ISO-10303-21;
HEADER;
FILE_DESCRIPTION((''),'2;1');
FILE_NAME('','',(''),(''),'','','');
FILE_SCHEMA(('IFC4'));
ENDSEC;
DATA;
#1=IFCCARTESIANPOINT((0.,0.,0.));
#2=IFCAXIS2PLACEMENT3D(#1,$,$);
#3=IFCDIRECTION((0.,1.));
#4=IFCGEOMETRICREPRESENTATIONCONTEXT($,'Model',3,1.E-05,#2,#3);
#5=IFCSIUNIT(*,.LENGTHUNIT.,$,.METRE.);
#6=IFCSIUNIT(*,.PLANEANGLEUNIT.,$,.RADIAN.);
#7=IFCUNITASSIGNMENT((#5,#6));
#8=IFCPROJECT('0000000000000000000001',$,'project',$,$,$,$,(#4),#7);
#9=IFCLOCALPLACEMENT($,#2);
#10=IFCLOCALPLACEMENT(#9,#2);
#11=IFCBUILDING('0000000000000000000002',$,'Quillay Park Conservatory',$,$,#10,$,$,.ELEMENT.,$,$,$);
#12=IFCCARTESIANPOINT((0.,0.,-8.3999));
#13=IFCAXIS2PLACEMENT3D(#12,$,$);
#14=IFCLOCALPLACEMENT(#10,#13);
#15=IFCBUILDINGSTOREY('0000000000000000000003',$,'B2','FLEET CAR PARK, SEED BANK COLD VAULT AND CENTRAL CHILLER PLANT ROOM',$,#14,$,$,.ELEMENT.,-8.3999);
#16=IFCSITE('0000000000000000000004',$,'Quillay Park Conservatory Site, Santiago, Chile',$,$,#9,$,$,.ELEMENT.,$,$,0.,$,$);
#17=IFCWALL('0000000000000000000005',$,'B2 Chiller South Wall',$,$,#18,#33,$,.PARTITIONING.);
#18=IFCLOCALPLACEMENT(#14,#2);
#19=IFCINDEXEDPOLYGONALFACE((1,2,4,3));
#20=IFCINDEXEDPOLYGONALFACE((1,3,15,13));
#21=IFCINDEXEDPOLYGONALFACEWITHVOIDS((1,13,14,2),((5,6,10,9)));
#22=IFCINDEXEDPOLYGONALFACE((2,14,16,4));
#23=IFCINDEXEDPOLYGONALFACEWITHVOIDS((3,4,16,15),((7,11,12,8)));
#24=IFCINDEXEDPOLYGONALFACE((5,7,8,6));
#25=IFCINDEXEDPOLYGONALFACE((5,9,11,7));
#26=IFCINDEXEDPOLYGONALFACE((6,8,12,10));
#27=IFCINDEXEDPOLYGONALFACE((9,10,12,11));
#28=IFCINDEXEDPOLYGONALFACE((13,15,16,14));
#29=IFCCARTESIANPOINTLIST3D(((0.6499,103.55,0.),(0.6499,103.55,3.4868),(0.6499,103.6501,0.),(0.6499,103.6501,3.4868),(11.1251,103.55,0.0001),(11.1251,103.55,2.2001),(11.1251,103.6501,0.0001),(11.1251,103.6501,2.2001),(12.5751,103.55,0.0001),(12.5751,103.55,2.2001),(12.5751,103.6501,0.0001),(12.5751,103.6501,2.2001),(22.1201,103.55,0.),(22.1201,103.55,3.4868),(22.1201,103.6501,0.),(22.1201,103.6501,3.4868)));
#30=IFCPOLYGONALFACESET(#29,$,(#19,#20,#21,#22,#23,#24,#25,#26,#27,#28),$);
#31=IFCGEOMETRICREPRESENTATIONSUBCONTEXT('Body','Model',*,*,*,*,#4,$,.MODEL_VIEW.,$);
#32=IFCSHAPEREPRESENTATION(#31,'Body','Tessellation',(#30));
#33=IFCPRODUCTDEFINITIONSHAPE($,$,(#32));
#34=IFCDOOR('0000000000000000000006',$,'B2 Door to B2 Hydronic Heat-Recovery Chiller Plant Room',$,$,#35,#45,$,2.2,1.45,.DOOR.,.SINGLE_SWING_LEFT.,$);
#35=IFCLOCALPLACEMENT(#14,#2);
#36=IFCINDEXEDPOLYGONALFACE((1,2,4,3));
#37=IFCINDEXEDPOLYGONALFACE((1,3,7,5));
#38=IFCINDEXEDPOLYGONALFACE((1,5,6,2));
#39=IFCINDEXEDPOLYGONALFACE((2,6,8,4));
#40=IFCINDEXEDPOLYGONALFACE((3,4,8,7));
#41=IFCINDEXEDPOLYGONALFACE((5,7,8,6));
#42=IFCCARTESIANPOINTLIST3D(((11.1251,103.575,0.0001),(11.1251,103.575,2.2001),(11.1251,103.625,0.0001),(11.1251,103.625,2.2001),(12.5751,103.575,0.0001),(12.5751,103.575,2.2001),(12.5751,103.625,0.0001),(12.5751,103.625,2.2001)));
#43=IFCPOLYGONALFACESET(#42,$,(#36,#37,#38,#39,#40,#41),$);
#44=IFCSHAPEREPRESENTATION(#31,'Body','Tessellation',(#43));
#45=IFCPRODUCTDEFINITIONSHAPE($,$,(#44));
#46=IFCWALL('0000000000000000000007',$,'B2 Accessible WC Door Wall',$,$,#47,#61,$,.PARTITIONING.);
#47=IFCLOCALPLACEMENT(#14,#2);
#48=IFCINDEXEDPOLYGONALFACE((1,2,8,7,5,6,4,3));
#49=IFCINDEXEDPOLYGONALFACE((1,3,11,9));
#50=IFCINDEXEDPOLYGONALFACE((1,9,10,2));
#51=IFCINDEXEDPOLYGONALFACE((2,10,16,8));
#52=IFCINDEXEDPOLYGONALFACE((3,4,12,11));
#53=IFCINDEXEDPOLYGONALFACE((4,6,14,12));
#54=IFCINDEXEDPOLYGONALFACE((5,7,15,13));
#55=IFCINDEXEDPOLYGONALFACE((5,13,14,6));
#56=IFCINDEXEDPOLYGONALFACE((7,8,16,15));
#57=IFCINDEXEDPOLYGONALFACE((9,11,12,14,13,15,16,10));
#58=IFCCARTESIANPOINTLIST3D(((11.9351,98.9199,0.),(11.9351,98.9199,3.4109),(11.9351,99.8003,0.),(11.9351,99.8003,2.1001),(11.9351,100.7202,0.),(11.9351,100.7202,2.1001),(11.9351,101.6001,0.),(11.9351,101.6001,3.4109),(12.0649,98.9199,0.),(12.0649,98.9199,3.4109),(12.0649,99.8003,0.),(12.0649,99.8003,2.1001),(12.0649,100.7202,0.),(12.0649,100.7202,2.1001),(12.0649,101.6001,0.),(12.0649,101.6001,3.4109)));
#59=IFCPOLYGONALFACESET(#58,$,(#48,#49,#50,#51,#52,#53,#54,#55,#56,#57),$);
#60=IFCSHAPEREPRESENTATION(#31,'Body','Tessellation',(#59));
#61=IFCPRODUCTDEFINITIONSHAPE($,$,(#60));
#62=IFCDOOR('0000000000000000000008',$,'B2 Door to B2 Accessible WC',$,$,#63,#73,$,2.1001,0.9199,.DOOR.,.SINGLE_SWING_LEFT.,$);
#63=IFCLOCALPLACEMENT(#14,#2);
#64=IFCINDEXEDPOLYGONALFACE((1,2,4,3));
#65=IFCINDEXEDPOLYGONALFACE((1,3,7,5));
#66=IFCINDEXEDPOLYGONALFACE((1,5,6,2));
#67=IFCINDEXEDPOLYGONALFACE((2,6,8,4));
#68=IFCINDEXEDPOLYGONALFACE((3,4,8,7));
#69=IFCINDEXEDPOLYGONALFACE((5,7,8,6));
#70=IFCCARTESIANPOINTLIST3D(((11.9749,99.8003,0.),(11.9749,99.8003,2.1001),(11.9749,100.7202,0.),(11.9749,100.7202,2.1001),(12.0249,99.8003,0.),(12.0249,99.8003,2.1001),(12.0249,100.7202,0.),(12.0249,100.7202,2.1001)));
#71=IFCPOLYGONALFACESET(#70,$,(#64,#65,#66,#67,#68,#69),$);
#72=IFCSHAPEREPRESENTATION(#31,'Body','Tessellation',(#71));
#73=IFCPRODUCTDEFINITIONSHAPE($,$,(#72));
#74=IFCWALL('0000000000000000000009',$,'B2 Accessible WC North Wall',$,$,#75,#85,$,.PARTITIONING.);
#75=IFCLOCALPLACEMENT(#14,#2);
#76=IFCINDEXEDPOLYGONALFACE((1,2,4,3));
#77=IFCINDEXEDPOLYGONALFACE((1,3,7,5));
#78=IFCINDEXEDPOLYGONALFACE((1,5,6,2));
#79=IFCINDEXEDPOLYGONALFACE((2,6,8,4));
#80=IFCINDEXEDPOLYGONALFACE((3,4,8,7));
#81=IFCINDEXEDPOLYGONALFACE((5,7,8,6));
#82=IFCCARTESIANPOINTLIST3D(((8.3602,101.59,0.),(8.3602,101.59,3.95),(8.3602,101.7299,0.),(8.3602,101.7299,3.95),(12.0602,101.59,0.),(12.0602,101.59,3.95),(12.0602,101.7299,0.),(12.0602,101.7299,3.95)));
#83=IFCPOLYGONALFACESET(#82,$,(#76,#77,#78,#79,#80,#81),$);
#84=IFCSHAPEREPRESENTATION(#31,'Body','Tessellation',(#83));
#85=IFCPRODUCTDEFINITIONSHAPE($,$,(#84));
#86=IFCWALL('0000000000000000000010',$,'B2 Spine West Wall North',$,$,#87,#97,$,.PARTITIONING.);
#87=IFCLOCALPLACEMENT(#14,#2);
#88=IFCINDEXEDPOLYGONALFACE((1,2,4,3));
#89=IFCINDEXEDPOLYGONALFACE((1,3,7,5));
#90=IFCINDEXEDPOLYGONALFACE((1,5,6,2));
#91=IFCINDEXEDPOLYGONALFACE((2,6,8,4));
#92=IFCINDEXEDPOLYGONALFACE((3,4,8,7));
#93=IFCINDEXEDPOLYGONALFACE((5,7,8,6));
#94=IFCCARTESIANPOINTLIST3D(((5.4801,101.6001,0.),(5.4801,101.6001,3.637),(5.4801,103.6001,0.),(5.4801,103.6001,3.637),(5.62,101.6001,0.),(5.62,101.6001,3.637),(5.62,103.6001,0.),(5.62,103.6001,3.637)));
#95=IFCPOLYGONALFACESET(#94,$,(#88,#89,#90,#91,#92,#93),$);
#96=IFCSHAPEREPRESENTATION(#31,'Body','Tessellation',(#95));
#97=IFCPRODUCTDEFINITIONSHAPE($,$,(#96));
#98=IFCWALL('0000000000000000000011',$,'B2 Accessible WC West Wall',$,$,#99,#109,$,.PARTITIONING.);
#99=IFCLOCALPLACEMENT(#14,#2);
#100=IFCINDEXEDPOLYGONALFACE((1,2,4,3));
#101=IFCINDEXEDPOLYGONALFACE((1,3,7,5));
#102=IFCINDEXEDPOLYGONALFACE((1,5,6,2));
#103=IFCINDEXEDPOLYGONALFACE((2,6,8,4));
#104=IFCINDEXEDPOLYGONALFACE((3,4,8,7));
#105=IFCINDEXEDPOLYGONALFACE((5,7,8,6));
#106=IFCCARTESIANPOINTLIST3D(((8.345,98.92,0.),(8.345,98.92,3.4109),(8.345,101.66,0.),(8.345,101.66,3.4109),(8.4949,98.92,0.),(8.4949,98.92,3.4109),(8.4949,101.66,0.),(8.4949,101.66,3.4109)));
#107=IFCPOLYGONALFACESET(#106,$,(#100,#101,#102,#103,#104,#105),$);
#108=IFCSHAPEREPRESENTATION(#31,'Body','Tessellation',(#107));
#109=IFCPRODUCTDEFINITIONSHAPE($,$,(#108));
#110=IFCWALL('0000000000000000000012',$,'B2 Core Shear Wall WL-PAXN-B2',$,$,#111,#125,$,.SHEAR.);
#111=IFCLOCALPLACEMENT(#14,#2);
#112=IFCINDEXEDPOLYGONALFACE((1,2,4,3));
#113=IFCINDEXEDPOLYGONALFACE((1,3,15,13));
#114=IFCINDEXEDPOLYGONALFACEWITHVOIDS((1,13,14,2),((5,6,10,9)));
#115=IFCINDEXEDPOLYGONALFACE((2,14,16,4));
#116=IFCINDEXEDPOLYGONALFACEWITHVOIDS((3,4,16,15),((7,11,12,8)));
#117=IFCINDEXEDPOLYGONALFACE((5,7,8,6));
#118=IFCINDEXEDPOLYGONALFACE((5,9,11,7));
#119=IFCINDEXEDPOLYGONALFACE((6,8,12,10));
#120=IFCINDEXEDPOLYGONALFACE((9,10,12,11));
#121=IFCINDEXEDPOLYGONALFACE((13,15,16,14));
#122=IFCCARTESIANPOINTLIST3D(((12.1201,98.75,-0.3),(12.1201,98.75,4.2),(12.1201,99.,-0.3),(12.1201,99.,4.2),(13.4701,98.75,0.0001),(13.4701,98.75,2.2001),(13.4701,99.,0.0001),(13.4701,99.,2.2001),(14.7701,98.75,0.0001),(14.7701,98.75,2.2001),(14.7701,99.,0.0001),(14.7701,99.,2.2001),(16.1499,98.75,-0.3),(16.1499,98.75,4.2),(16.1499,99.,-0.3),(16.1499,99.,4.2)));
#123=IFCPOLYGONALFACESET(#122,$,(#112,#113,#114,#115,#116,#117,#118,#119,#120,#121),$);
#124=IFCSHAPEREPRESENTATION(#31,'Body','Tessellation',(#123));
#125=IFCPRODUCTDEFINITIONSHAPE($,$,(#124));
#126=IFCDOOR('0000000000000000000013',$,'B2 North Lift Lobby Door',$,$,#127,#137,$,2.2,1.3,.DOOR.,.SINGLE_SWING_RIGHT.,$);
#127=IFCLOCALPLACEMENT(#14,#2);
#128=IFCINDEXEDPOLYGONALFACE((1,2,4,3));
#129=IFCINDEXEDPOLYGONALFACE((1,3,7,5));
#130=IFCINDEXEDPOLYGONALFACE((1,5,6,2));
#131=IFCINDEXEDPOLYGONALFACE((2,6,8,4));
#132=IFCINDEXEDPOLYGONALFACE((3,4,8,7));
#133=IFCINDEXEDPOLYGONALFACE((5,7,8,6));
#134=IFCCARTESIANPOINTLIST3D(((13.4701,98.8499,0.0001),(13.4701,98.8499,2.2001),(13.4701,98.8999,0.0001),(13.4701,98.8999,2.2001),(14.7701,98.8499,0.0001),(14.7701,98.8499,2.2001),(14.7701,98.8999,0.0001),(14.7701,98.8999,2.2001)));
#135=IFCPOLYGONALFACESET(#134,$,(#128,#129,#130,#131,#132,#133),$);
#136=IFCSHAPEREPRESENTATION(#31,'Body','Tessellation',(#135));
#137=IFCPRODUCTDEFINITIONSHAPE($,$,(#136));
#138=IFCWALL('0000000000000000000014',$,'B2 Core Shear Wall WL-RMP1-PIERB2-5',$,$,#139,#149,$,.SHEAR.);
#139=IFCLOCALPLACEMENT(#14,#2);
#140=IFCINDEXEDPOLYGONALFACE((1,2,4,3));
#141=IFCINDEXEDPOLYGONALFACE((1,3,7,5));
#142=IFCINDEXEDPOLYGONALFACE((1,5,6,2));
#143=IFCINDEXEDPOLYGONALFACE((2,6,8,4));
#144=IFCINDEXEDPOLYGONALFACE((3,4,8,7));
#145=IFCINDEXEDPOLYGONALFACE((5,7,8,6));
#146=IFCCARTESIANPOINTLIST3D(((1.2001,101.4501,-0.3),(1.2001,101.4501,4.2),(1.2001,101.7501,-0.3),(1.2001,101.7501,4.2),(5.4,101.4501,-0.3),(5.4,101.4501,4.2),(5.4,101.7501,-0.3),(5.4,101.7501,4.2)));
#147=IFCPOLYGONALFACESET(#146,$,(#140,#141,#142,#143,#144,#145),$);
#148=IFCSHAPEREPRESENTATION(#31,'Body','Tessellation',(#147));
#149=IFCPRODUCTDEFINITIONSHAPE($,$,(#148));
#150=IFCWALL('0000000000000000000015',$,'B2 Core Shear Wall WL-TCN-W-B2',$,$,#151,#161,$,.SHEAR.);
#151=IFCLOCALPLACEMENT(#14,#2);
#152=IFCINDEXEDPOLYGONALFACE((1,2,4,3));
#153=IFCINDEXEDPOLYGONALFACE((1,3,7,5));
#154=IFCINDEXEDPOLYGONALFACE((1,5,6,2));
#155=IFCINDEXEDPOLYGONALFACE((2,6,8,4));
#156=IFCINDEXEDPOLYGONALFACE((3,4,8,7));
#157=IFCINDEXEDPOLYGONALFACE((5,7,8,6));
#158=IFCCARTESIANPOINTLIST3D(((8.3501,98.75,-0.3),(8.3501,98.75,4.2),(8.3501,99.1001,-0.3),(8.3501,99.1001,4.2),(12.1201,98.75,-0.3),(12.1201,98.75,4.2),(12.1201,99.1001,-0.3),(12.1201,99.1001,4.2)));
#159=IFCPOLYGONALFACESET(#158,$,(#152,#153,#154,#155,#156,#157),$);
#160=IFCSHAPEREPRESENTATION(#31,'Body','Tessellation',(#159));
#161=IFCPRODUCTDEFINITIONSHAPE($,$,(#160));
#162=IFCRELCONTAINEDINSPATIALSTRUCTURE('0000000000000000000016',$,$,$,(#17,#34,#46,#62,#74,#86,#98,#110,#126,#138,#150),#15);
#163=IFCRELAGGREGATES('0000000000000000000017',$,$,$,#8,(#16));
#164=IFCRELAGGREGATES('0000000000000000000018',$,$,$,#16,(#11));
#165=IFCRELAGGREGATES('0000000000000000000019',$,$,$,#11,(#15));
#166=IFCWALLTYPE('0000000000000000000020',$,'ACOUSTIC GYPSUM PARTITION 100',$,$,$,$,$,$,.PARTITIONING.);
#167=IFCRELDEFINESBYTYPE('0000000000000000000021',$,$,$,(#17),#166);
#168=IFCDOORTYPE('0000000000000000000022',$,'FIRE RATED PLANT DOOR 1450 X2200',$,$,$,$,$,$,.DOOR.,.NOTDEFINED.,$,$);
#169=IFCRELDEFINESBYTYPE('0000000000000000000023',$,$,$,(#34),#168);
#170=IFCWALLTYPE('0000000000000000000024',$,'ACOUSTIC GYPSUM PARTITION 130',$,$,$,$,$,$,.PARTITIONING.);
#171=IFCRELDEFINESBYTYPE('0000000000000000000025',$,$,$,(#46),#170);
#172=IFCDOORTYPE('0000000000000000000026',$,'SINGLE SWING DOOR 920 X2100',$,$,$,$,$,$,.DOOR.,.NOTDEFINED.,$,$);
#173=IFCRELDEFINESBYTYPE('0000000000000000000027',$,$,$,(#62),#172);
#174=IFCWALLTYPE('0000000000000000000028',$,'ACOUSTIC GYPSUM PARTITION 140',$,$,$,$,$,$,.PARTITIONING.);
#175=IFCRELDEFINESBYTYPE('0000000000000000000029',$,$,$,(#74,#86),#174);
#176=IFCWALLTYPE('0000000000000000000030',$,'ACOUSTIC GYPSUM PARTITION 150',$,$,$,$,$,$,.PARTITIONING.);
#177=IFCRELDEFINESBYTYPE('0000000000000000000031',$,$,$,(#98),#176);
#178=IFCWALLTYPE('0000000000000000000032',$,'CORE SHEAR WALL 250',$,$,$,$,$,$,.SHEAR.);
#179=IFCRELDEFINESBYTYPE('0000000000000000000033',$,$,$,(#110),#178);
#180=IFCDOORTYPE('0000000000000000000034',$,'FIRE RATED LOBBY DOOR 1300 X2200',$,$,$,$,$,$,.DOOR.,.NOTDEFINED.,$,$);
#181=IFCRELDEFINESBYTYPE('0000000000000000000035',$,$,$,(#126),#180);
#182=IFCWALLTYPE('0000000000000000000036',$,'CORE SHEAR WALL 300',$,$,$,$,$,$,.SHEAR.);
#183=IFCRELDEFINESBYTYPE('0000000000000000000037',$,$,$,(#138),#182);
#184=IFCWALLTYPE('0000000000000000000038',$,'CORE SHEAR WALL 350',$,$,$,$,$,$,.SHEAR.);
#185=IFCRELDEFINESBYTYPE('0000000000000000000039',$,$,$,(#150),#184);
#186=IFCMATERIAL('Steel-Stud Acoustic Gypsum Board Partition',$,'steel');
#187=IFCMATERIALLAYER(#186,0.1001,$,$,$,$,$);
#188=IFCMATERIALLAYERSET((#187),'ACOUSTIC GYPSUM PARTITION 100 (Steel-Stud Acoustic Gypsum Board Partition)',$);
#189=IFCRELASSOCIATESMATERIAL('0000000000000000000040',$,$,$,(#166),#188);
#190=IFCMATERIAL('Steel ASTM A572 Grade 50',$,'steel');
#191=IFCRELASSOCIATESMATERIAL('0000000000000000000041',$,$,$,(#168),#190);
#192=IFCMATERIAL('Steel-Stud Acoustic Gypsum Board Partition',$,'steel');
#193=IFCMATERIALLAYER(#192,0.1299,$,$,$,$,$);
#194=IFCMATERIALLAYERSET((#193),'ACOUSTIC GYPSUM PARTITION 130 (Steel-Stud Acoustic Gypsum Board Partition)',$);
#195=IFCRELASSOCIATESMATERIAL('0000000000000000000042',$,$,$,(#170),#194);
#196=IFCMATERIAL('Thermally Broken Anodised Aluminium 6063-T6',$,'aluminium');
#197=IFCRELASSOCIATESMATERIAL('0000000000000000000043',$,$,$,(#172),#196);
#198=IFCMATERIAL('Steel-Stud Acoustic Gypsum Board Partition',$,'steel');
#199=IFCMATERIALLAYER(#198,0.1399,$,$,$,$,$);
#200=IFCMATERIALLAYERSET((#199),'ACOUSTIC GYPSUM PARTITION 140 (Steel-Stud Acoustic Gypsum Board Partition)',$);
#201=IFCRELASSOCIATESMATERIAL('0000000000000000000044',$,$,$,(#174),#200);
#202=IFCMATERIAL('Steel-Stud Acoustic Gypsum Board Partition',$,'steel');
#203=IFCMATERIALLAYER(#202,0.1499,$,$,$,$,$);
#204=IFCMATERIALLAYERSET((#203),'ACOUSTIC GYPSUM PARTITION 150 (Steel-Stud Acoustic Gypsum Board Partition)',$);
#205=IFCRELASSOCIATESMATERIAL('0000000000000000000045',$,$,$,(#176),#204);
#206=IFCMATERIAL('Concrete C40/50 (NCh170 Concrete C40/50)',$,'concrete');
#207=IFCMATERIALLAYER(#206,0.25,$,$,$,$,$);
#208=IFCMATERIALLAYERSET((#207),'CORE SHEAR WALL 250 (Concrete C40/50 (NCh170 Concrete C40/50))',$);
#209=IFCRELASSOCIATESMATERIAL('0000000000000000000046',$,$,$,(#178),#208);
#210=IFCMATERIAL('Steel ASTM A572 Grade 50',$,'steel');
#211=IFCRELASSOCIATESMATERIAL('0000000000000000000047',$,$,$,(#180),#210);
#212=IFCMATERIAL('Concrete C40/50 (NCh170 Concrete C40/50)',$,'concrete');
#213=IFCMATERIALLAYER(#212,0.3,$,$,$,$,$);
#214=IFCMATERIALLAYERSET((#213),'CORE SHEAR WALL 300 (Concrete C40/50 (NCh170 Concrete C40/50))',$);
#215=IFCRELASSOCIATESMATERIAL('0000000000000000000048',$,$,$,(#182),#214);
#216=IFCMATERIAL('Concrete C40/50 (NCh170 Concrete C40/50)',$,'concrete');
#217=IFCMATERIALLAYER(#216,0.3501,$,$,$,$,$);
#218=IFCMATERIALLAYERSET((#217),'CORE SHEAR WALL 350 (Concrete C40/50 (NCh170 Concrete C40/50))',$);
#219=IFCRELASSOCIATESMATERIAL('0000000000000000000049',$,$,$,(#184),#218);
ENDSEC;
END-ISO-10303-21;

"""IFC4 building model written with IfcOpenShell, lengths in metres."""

from ifc_helpers import new_model, si_unit, direction, frame, frame_2d, origin, place, context, subcontext, project, spatial, rectangle, extrude, material, layer, layer_set, type_object, element, fill, save


model = new_model("IFC4")

# Units and contexts
model_context = context("Model", 3, precision=1e-05, world=origin(), true_north=direction((0.0, 1.0)))
body_context = subcontext(model_context, "Body", "Model", "MODEL_VIEW")
ifc_project = project(units=[si_unit("LENGTHUNIT", "METRE"), si_unit("PLANEANGLEUNIT", "RADIAN")], contexts=[model_context])

# Site, building, storey
site_placement = place(None, origin())
site = spatial("IfcSite", under=ifc_project, at=site_placement, Name="Quillay Park Conservatory Site, Santiago, Chile", CompositionType="ELEMENT", RefElevation=0.0)
building_placement = place(site_placement, origin())
building = spatial("IfcBuilding", under=site, at=building_placement, Name="Quillay Park Conservatory", CompositionType="ELEMENT")
storey_placement = place(building_placement, frame((0.0, 0.0, -8.3999)))
storey = spatial("IfcBuildingStorey", under=building, at=storey_placement, Name="B2", Description="FLEET CAR PARK, SEED BANK COLD VAULT AND CENTRAL CHILLER PLANT ROOM", CompositionType="ELEMENT", Elevation=-8.3999)

# Walls, openings, doors
ifc_material_1 = material(Name="Steel-Stud Acoustic Gypsum Board Partition", Category="steel")
ifc_layer_1 = layer(ifc_material_1, 0.1001)
ifc_layer_set_1 = layer_set([ifc_layer_1], Name="ACOUSTIC GYPSUM PARTITION 100 (Steel-Stud Acoustic Gypsum Board Partition)")
wall_type_1 = type_object("IfcWallType", Name="ACOUSTIC GYPSUM PARTITION 100", PredefinedType="PARTITIONING", material=ifc_layer_set_1)
wall_1_placement = place(storey_placement, frame((0.6499, 103.6001, 0.0), z_axis=(0.0, 0.0, 1.0), x_axis=(1.0, 0.0, 0.0)))
wall_1 = element("IfcWall", 1, at=wall_1_placement, inside=storey, type_object=wall_type_1, Name="B2 Chiller South Wall", PredefinedType="PARTITIONING", context=body_context, shape_type="SweptSolid", body=[
    extrude(rectangle(XDim=21.4702, YDim=0.1001, at=frame_2d((10.7351, 0.0))), origin(), (0.0, 0.0, 1.0), 3.4868),
])
opening_1_placement = place(wall_1_placement, frame((10.4751, 0.0, 0.0)))
opening_1 = element("IfcOpeningElement", 2, at=opening_1_placement, cuts=wall_1, PredefinedType="OPENING", context=body_context, shape_type="SweptSolid", body=[
    extrude(rectangle(XDim=1.45, YDim=2.2, at=frame_2d((0.7251, 1.1001))), frame((0.0, 0.05, 0.0), z_axis=(0.0, -1.0, 0.0), x_axis=(1.0, 0.0, 0.0)), (0.0, 0.0, 1.0), 0.1001),
])
ifc_material_2 = material(Name="Steel ASTM A572 Grade 50", Category="steel")
door_type_1 = type_object("IfcDoorType", Name="FIRE RATED PLANT DOOR 1450 X2200", OperationType="NOTDEFINED", PredefinedType="DOOR", material=ifc_material_2)
door_1_placement = place(opening_1_placement, origin())
door_1 = element("IfcDoor", 3, at=door_1_placement, inside=storey, type_object=door_type_1, Name="B2 Door to B2 Hydronic Heat-Recovery Chiller Plant Room", OperationType="SINGLE_SWING_LEFT", OverallHeight=2.2, OverallWidth=1.45, PredefinedType="DOOR", context=body_context, shape_type="SweptSolid", body=[
    extrude(rectangle(XDim=1.45, YDim=2.2, at=frame_2d((0.7251, 1.1001))), frame((0.0, 0.0249, 0.0), z_axis=(0.0, -1.0, 0.0), x_axis=(1.0, 0.0, 0.0)), (0.0, 0.0, 1.0), 0.05),
])
fill(opening_1, door_1)
ifc_material_3 = material(Name="Steel-Stud Acoustic Gypsum Board Partition", Category="steel")
ifc_layer_2 = layer(ifc_material_3, 0.1299)
ifc_layer_set_2 = layer_set([ifc_layer_2], Name="ACOUSTIC GYPSUM PARTITION 130 (Steel-Stud Acoustic Gypsum Board Partition)")
wall_type_2 = type_object("IfcWallType", Name="ACOUSTIC GYPSUM PARTITION 130", PredefinedType="PARTITIONING", material=ifc_layer_set_2)
wall_2_placement = place(storey_placement, frame((12.0, 101.6001, 0.0), z_axis=(0.0, 0.0, 1.0), x_axis=(0.0, -1.0, 0.0)))
wall_2 = element("IfcWall", 4, at=wall_2_placement, inside=storey, type_object=wall_type_2, Name="B2 Accessible WC Door Wall", PredefinedType="PARTITIONING", context=body_context, shape_type="SweptSolid", body=[
    extrude(rectangle(XDim=2.6802, YDim=0.1299, at=frame_2d((1.3401, 0.0))), origin(), (0.0, 0.0, 1.0), 3.4109),
])
opening_2_placement = place(wall_2_placement, frame((0.8799, 0.0, 0.0)))
opening_2 = element("IfcOpeningElement", 5, at=opening_2_placement, cuts=wall_2, PredefinedType="OPENING", context=body_context, shape_type="SweptSolid", body=[
    extrude(rectangle(XDim=0.9199, YDim=2.1001, at=frame_2d((0.46, 1.05))), frame((0.0, 0.0649, 0.0), z_axis=(0.0, -1.0, 0.0), x_axis=(1.0, 0.0, 0.0)), (0.0, 0.0, 1.0), 0.1299),
])
ifc_material_4 = material(Name="Thermally Broken Anodised Aluminium 6063-T6", Category="aluminium")
door_type_2 = type_object("IfcDoorType", Name="SINGLE SWING DOOR 920 X2100", OperationType="NOTDEFINED", PredefinedType="DOOR", material=ifc_material_4)
door_2_placement = place(opening_2_placement, origin())
door_2 = element("IfcDoor", 6, at=door_2_placement, inside=storey, type_object=door_type_2, Name="B2 Door to B2 Accessible WC", OperationType="SINGLE_SWING_LEFT", OverallHeight=2.1001, OverallWidth=0.9199, PredefinedType="DOOR", context=body_context, shape_type="SweptSolid", body=[
    extrude(rectangle(XDim=0.9199, YDim=2.1001, at=frame_2d((0.46, 1.05))), frame((0.0, 0.0249, 0.0), z_axis=(0.0, -1.0, 0.0), x_axis=(1.0, 0.0, 0.0)), (0.0, 0.0, 1.0), 0.05),
])
fill(opening_2, door_2)

# Walls
ifc_material_5 = material(Name="Steel-Stud Acoustic Gypsum Board Partition", Category="steel")
ifc_layer_3 = layer(ifc_material_5, 0.1399)
ifc_layer_set_3 = layer_set([ifc_layer_3], Name="ACOUSTIC GYPSUM PARTITION 140 (Steel-Stud Acoustic Gypsum Board Partition)")
wall_type_3 = type_object("IfcWallType", Name="ACOUSTIC GYPSUM PARTITION 140", PredefinedType="PARTITIONING", material=ifc_layer_set_3)
wall_3_placement = place(storey_placement, frame((8.3601, 101.6599, 0.0), z_axis=(0.0, 0.0, 1.0), x_axis=(1.0, 0.0, 0.0)))
element("IfcWall", 7, at=wall_3_placement, inside=storey, type_object=wall_type_3, Name="B2 Accessible WC North Wall", PredefinedType="PARTITIONING", context=body_context, shape_type="SweptSolid", body=[
    extrude(rectangle(XDim=3.7, YDim=0.1399, at=frame_2d((1.8501, 0.0))), origin(), (0.0, 0.0, 1.0), 3.95),
])
wall_4_placement = place(storey_placement, frame((5.55, 101.6001, 0.0), z_axis=(0.0, 0.0, 1.0), x_axis=(0.0, 1.0, 0.0)))
element("IfcWall", 8, at=wall_4_placement, inside=storey, type_object=wall_type_3, Name="B2 Spine West Wall North", PredefinedType="PARTITIONING", context=body_context, shape_type="SweptSolid", body=[
    extrude(rectangle(XDim=2.0, YDim=0.1399, at=frame_2d((1.0, 0.0))), origin(), (0.0, 0.0, 1.0), 3.637),
])
ifc_material_6 = material(Name="Steel-Stud Acoustic Gypsum Board Partition", Category="steel")
ifc_layer_4 = layer(ifc_material_6, 0.1499)
ifc_layer_set_4 = layer_set([ifc_layer_4], Name="ACOUSTIC GYPSUM PARTITION 150 (Steel-Stud Acoustic Gypsum Board Partition)")
wall_type_4 = type_object("IfcWallType", Name="ACOUSTIC GYPSUM PARTITION 150", PredefinedType="PARTITIONING", material=ifc_layer_set_4)
wall_5_placement = place(storey_placement, frame((8.4199, 98.9199, 0.0), z_axis=(0.0, 0.0, 1.0), x_axis=(0.0, 1.0, 0.0)))
element("IfcWall", 9, at=wall_5_placement, inside=storey, type_object=wall_type_4, Name="B2 Accessible WC West Wall", PredefinedType="PARTITIONING", context=body_context, shape_type="SweptSolid", body=[
    extrude(rectangle(XDim=2.74, YDim=0.1499, at=frame_2d((1.3701, 0.0))), origin(), (0.0, 0.0, 1.0), 3.4109),
])

# Wall, opening, door
ifc_material_7 = material(Name="Concrete C40/50 (NCh170 Concrete C40/50)", Category="concrete")
ifc_layer_5 = layer(ifc_material_7, 0.25)
ifc_layer_set_5 = layer_set([ifc_layer_5], Name="CORE SHEAR WALL 250 (Concrete C40/50 (NCh170 Concrete C40/50))")
wall_type_5 = type_object("IfcWallType", Name="CORE SHEAR WALL 250", PredefinedType="SHEAR", material=ifc_layer_set_5)
wall_6_placement = place(storey_placement, frame((12.1201, 98.875, -0.3), z_axis=(0.0, 0.0, 1.0), x_axis=(1.0, 0.0, 0.0)))
wall_6 = element("IfcWall", 10, at=wall_6_placement, inside=storey, type_object=wall_type_5, Name="B2 Core Shear Wall WL-PAXN-B2", PredefinedType="SHEAR", context=body_context, shape_type="SweptSolid", body=[
    extrude(rectangle(XDim=4.0298, YDim=0.25, at=frame_2d((2.0149, 0.0))), origin(), (0.0, 0.0, 1.0), 4.5),
])
opening_3_placement = place(wall_6_placement, frame((1.3501, 0.0, 0.3)))
opening_3 = element("IfcOpeningElement", 11, at=opening_3_placement, cuts=wall_6, PredefinedType="OPENING", context=body_context, shape_type="SweptSolid", body=[
    extrude(rectangle(XDim=1.3, YDim=2.2, at=frame_2d((0.6499, 1.1001))), frame((0.0, 0.125, 0.0), z_axis=(0.0, -1.0, 0.0), x_axis=(1.0, 0.0, 0.0)), (0.0, 0.0, 1.0), 0.25),
])
ifc_material_8 = material(Name="Steel ASTM A572 Grade 50", Category="steel")
door_type_3 = type_object("IfcDoorType", Name="FIRE RATED LOBBY DOOR 1300 X2200", OperationType="NOTDEFINED", PredefinedType="DOOR", material=ifc_material_8)
door_3_placement = place(opening_3_placement, origin())
door_3 = element("IfcDoor", 12, at=door_3_placement, inside=storey, type_object=door_type_3, Name="B2 North Lift Lobby Door", OperationType="SINGLE_SWING_RIGHT", OverallHeight=2.2, OverallWidth=1.3, PredefinedType="DOOR", context=body_context, shape_type="SweptSolid", body=[
    extrude(rectangle(XDim=1.3, YDim=2.2, at=frame_2d((0.6499, 1.1001))), frame((0.0, 0.0249, 0.0), z_axis=(0.0, -1.0, 0.0), x_axis=(1.0, 0.0, 0.0)), (0.0, 0.0, 1.0), 0.05),
])
fill(opening_3, door_3)

# Walls
ifc_material_9 = material(Name="Concrete C40/50 (NCh170 Concrete C40/50)", Category="concrete")
ifc_layer_6 = layer(ifc_material_9, 0.3)
ifc_layer_set_6 = layer_set([ifc_layer_6], Name="CORE SHEAR WALL 300 (Concrete C40/50 (NCh170 Concrete C40/50))")
wall_type_6 = type_object("IfcWallType", Name="CORE SHEAR WALL 300", PredefinedType="SHEAR", material=ifc_layer_set_6)
wall_7_placement = place(storey_placement, frame((1.2, 101.6001, -0.3), z_axis=(0.0, 0.0, 1.0), x_axis=(1.0, 0.0, 0.0)))
element("IfcWall", 13, at=wall_7_placement, inside=storey, type_object=wall_type_6, Name="B2 Core Shear Wall WL-RMP1-PIERB2-5", PredefinedType="SHEAR", context=body_context, shape_type="SweptSolid", body=[
    extrude(rectangle(XDim=4.2, YDim=0.3, at=frame_2d((2.1001, 0.0))), origin(), (0.0, 0.0, 1.0), 4.5),
])
ifc_material_10 = material(Name="Concrete C40/50 (NCh170 Concrete C40/50)", Category="concrete")
ifc_layer_7 = layer(ifc_material_10, 0.3501)
ifc_layer_set_7 = layer_set([ifc_layer_7], Name="CORE SHEAR WALL 350 (Concrete C40/50 (NCh170 Concrete C40/50))")
wall_type_7 = type_object("IfcWallType", Name="CORE SHEAR WALL 350", PredefinedType="SHEAR", material=ifc_layer_set_7)
wall_8_placement = place(storey_placement, frame((8.3501, 98.925, -0.3), z_axis=(0.0, 0.0, 1.0), x_axis=(1.0, 0.0, 0.0)))
element("IfcWall", 14, at=wall_8_placement, inside=storey, type_object=wall_type_7, Name="B2 Core Shear Wall WL-TCN-W-B2", PredefinedType="SHEAR", context=body_context, shape_type="SweptSolid", body=[
    extrude(rectangle(XDim=3.77, YDim=0.3501, at=frame_2d((1.885, 0.0))), origin(), (0.0, 0.0, 1.0), 4.5),
])

save(model, "model.ifc")
